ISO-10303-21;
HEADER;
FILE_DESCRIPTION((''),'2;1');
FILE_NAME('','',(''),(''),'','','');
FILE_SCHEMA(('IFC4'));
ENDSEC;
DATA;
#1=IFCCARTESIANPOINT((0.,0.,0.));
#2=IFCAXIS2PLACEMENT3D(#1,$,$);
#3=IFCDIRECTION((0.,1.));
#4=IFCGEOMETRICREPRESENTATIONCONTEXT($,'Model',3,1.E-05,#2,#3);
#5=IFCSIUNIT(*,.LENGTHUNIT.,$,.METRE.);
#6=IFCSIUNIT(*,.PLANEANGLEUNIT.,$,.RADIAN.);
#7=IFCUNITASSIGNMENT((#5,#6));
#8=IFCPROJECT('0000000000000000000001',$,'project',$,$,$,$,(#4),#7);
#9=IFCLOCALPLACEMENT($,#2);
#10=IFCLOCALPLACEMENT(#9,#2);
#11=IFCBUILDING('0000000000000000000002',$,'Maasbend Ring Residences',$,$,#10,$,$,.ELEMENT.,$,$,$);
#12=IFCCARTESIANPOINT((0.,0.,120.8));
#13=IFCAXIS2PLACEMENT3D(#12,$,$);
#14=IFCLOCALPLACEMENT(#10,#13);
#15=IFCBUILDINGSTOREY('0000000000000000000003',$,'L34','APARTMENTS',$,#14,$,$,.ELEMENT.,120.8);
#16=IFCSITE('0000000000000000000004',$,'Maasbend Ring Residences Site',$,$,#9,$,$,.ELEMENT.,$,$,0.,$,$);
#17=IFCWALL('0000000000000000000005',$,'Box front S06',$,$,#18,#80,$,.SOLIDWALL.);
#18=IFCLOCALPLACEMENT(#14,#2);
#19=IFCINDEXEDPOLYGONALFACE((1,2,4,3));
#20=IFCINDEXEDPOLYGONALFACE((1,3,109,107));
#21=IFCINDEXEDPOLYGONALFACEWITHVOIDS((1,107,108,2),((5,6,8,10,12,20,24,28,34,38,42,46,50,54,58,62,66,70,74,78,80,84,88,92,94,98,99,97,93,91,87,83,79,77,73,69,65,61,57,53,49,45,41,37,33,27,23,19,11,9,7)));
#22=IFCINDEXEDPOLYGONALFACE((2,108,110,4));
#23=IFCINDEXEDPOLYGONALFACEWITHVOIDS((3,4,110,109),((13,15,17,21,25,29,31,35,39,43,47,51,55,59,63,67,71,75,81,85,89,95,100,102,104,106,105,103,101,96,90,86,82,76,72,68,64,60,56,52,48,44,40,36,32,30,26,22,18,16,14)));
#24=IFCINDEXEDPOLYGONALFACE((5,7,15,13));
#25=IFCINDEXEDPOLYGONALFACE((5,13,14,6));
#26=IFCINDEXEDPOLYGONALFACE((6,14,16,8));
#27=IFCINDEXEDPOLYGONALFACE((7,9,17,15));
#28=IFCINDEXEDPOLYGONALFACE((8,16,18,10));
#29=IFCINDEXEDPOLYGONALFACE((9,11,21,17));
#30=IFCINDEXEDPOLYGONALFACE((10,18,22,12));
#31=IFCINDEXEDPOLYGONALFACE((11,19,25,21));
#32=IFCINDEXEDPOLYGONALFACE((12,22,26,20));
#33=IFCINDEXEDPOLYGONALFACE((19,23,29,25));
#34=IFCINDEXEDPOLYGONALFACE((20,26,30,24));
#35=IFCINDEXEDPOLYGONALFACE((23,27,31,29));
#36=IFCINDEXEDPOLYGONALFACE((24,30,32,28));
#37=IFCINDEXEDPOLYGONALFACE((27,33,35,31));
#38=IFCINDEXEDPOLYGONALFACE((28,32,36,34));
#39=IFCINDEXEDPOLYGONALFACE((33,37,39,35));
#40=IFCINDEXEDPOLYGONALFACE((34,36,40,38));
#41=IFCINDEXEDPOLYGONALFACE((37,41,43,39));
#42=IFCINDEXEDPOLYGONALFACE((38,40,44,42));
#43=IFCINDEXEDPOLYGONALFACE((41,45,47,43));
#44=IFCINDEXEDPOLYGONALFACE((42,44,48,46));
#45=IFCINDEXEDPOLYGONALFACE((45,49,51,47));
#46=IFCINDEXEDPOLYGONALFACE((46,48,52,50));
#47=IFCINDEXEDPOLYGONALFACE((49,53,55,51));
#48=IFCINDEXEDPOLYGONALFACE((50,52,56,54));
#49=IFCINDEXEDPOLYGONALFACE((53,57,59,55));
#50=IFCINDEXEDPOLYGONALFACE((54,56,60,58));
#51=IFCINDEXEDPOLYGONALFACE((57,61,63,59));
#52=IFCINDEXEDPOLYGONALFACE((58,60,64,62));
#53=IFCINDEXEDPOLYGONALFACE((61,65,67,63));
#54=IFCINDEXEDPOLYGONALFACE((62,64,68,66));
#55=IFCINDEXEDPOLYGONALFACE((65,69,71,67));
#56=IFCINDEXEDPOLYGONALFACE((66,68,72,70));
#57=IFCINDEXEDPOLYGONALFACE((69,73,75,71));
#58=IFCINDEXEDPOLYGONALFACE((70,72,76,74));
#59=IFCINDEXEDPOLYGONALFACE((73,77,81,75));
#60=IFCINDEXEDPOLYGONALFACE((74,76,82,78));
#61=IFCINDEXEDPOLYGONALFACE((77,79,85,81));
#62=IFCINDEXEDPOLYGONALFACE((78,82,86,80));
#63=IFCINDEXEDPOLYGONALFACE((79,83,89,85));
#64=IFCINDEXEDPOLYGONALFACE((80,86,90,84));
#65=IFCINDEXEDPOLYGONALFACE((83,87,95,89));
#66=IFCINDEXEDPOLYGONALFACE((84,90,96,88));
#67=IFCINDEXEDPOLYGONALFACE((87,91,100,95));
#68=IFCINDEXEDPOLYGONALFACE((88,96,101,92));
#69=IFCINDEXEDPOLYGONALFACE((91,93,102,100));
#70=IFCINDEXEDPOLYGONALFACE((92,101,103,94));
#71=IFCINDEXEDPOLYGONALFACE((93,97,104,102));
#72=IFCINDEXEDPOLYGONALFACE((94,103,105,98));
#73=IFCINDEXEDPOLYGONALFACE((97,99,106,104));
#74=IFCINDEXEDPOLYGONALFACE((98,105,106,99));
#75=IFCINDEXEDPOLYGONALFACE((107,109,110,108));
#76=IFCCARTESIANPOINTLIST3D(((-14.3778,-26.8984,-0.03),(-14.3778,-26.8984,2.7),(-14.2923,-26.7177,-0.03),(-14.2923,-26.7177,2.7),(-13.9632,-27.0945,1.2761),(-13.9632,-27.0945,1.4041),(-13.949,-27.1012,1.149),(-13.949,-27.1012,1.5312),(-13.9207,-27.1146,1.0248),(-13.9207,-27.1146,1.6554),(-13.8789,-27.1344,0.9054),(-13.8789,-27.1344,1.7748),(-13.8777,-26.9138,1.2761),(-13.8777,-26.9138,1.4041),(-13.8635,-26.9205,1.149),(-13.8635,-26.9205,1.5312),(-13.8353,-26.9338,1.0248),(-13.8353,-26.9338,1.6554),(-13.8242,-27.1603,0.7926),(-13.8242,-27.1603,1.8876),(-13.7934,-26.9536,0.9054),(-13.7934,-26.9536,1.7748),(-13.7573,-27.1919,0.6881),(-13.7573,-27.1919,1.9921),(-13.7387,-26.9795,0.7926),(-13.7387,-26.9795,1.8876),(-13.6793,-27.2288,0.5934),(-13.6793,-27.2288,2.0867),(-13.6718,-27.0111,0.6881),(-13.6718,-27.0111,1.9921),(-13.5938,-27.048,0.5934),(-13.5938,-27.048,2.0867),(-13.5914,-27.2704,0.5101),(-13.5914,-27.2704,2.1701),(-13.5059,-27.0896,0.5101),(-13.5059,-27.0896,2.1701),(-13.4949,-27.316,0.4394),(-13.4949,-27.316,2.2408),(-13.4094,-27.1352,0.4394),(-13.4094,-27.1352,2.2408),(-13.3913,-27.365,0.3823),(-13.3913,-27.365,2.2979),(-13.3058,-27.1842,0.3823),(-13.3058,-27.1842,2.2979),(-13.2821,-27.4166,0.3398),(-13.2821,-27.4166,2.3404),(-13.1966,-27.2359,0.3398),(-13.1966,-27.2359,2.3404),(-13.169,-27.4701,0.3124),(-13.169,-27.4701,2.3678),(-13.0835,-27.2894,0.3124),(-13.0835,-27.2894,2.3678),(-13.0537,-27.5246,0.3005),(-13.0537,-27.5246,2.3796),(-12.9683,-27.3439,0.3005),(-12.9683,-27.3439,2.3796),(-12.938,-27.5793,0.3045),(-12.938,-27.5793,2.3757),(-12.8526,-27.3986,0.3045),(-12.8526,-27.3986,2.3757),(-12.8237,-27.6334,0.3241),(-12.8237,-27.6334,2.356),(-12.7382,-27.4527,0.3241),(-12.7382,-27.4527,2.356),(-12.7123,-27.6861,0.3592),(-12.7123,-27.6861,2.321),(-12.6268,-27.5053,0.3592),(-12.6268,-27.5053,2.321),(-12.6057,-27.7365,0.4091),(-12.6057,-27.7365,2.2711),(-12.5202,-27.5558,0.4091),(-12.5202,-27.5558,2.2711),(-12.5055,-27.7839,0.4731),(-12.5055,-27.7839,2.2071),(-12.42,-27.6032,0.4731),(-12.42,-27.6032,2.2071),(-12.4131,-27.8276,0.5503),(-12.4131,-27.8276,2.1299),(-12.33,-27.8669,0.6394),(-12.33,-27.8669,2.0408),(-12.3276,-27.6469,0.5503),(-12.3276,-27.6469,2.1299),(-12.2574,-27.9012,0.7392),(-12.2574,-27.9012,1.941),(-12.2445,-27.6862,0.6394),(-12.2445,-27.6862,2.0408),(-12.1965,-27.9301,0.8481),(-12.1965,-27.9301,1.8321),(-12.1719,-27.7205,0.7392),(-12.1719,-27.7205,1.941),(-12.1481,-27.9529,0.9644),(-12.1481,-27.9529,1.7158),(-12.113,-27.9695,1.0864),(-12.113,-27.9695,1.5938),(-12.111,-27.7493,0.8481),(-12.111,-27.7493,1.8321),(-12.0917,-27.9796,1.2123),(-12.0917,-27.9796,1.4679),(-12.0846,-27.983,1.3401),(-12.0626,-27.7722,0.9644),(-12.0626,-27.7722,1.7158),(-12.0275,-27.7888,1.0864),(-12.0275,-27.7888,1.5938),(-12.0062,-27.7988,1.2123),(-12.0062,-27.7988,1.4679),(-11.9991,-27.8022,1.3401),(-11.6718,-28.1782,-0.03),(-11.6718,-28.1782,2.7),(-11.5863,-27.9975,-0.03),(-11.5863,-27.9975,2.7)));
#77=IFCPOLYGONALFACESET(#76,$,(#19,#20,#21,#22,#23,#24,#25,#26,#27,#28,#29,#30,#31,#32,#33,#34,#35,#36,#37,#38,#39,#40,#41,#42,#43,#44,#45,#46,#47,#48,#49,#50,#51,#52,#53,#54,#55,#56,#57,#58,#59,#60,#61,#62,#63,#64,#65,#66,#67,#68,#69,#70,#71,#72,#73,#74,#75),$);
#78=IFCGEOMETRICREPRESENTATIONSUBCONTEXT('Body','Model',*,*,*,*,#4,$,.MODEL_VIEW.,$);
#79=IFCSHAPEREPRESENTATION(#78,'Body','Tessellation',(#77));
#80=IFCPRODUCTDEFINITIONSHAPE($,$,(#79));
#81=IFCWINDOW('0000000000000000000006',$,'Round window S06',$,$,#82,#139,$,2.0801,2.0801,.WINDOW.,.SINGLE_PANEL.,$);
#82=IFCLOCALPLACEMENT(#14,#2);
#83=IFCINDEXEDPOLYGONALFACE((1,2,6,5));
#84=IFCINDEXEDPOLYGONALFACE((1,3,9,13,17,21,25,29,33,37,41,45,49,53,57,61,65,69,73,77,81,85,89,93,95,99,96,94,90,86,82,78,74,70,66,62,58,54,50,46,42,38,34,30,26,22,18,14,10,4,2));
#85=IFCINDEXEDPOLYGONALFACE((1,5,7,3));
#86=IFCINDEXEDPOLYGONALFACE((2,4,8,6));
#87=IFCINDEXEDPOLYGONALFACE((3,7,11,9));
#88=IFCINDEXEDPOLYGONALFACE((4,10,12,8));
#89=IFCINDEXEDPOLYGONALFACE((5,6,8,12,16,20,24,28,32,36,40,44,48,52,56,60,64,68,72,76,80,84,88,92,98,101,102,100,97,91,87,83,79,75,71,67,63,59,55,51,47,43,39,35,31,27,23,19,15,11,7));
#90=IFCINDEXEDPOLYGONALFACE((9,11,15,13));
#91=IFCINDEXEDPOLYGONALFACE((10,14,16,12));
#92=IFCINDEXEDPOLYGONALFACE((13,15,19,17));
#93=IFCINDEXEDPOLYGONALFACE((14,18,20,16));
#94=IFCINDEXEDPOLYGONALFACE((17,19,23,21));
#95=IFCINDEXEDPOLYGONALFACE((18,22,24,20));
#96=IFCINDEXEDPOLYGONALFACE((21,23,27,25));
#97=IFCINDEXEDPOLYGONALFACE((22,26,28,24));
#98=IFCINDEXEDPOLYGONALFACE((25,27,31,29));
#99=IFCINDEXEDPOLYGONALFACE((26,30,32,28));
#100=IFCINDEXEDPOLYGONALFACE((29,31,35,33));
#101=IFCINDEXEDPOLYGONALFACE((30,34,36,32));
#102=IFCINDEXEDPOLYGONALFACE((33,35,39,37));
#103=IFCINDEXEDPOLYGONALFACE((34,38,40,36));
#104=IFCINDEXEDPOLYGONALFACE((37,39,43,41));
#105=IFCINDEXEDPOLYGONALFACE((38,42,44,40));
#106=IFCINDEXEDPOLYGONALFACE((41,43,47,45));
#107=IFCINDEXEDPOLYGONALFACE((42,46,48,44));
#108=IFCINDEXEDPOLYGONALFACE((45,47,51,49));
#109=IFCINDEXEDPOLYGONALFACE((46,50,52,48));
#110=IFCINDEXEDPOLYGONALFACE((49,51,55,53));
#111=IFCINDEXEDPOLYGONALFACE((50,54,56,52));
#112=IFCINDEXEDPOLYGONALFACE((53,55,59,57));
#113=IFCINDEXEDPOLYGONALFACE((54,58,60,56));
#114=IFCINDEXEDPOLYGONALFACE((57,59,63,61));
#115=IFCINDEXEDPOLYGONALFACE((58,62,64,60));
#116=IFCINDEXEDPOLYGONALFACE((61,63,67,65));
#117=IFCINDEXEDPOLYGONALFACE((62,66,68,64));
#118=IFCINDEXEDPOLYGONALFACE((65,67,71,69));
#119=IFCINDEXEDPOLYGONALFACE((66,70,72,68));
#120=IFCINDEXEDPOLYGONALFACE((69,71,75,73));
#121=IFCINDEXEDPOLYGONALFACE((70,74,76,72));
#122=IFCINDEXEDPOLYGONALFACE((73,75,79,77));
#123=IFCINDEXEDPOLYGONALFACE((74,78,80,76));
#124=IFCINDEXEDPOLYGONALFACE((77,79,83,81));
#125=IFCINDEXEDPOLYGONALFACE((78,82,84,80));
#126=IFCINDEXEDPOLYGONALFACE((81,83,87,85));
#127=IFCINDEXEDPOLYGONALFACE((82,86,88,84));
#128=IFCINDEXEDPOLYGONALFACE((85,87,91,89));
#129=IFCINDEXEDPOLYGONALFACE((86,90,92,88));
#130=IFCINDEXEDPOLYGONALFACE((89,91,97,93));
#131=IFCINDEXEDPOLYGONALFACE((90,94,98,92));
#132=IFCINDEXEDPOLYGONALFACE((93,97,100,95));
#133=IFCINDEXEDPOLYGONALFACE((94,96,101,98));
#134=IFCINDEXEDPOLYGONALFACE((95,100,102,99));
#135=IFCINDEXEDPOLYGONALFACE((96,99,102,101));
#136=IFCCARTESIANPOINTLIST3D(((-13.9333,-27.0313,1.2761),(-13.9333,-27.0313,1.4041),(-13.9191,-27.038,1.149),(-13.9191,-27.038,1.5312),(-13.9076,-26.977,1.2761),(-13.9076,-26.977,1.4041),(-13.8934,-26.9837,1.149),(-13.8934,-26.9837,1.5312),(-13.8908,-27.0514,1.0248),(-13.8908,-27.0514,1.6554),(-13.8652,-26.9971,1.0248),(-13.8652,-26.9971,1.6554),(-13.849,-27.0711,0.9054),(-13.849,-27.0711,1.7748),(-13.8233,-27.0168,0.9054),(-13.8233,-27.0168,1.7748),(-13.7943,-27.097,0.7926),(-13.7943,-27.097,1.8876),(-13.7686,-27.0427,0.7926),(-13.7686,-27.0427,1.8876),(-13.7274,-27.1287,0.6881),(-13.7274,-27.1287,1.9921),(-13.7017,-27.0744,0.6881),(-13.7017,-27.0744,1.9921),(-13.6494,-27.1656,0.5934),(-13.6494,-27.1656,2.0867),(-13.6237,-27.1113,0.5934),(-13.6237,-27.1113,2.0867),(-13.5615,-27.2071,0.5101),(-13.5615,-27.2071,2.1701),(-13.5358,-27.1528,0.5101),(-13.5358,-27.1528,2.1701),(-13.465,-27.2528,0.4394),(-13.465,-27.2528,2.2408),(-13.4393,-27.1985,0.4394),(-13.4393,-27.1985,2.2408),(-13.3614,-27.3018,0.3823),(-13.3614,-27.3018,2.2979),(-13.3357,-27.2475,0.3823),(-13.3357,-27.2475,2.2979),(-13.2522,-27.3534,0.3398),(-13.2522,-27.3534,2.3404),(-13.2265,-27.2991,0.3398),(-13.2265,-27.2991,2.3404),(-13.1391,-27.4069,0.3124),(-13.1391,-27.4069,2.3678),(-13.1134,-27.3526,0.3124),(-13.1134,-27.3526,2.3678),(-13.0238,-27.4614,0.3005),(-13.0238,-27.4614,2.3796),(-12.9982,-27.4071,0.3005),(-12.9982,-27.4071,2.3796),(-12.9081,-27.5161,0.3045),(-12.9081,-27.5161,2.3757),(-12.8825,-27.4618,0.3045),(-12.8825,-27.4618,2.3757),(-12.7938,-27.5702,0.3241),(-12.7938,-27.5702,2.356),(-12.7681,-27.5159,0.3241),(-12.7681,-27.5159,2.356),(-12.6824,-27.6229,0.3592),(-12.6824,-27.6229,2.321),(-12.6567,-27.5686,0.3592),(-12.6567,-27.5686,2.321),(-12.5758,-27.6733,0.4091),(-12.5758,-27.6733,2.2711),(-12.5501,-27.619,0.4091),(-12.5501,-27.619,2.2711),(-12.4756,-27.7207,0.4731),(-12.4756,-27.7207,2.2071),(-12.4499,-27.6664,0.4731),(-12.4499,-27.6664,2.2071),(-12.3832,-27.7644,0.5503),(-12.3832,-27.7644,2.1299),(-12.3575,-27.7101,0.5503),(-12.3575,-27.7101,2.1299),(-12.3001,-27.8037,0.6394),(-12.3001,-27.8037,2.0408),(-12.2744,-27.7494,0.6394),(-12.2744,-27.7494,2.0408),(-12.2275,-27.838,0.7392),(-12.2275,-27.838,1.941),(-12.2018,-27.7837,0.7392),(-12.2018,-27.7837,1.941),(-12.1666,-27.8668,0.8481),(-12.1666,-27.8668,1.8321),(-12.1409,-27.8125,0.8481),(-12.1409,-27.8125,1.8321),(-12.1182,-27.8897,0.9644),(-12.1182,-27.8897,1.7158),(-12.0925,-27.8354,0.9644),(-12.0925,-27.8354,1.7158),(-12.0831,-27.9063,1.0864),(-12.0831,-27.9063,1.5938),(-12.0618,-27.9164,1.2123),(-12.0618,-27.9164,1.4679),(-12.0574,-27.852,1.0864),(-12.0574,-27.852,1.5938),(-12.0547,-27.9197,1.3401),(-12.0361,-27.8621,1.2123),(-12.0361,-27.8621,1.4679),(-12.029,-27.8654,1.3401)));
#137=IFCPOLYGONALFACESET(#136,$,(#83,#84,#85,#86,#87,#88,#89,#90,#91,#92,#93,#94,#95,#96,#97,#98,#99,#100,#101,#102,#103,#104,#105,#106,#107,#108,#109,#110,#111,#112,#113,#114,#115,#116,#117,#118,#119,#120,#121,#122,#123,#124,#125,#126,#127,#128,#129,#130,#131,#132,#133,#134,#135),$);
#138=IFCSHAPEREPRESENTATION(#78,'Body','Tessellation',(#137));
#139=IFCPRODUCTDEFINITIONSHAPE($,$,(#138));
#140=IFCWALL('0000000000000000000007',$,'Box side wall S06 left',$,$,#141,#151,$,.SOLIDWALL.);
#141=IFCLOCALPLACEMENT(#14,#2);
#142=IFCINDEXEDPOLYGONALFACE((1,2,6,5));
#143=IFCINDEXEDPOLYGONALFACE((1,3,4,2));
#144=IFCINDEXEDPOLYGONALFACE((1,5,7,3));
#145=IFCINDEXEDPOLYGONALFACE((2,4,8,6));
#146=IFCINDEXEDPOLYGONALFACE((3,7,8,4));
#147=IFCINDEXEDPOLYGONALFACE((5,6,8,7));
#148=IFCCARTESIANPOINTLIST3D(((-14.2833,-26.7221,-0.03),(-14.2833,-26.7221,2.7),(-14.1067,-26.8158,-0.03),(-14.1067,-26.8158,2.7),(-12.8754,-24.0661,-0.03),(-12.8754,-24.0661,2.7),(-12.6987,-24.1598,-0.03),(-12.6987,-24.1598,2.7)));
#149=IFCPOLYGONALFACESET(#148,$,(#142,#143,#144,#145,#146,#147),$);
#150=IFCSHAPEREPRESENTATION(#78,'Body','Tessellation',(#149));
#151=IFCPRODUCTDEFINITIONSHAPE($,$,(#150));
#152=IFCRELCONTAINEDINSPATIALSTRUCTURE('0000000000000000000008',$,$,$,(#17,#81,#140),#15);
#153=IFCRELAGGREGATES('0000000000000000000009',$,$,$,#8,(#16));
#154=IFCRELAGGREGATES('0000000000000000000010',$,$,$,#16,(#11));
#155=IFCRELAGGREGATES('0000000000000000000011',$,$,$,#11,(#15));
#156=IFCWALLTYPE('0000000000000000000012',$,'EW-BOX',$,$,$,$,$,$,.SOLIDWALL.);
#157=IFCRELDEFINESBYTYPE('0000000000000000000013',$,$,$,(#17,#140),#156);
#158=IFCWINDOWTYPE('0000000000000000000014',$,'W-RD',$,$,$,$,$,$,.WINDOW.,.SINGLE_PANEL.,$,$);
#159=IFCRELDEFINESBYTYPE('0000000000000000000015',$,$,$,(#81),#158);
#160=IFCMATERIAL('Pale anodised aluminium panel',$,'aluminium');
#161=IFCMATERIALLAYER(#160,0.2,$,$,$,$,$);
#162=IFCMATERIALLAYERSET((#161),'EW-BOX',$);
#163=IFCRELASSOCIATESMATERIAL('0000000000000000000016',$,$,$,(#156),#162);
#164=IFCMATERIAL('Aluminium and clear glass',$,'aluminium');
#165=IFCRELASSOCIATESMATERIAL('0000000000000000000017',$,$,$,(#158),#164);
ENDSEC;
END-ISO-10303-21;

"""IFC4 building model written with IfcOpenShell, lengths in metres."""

from ifc_helpers import new_model, si_unit, direction, frame, frame_2d, origin, place, context, subcontext, project, spatial, rectangle, circle, extrude, material, layer, layer_set, type_object, element, fill, save


model = new_model("IFC4")

# Units and contexts
model_context = context("Model", 3, precision=1e-05, world=origin(), true_north=direction((0.0, 1.0)))
body_context = subcontext(model_context, "Body", "Model", "MODEL_VIEW")
ifc_project = project(units=[si_unit("LENGTHUNIT", "METRE"), si_unit("PLANEANGLEUNIT", "RADIAN")], contexts=[model_context])

# Site, building, storey
site_placement = place(None, origin())
site = spatial("IfcSite", under=ifc_project, at=site_placement, Name="Maasbend Ring Residences Site", CompositionType="ELEMENT", RefElevation=0.0)
building_placement = place(site_placement, origin())
building = spatial("IfcBuilding", under=site, at=building_placement, Name="Maasbend Ring Residences", CompositionType="ELEMENT")
storey_placement = place(building_placement, frame((0.0, 0.0, 120.8)))
storey = spatial("IfcBuildingStorey", under=building, at=storey_placement, Name="L34", Description="APARTMENTS", CompositionType="ELEMENT", Elevation=120.8)

# Shared definitions
ifc_material_1 = material(Name="Pale anodised aluminium panel", Category="aluminium")
ifc_layer_1 = layer(ifc_material_1, 0.2)
ifc_layer_set_1 = layer_set([ifc_layer_1], Name="EW-BOX")
wall_type_1 = type_object("IfcWallType", Name="EW-BOX", PredefinedType="SOLIDWALL", material=ifc_layer_set_1)
ifc_material_2 = material(Name="Aluminium and clear glass", Category="aluminium")
window_type_1 = type_object("IfcWindowType", Name="W-RD", PartitioningType="SINGLE_PANEL", PredefinedType="WINDOW", material=ifc_material_2)

# Wall, opening, window
wall_1_placement = place(storey_placement, frame((-14.335, -26.8081, -0.03), z_axis=(0.0, 0.0, 1.0), x_axis=(0.904, -0.427532, 0.0)))
wall_1 = element("IfcWall", 1, at=wall_1_placement, inside=storey, type_object=wall_type_1, Name="Box front S06", PredefinedType="SOLIDWALL", context=body_context, shape_type="SweptSolid", body=[
    extrude(rectangle(XDim=2.9934, YDim=0.2, at=frame_2d((1.4966, 0.0))), origin(), (0.0, 0.0, 1.0), 2.73),
])
opening_1_placement = place(wall_1_placement, frame((0.4565, 0.0, 0.3301)))
opening_1 = element("IfcOpeningElement", 2, at=opening_1_placement, cuts=wall_1, PredefinedType="OPENING", context=body_context, shape_type="SweptSolid", body=[
    extrude(circle(Radius=1.04, at=frame_2d((1.04, 1.04))), frame((0.0, 0.1099, 0.0), z_axis=(0.0, -1.0, 0.0), x_axis=(1.0, 0.0, 0.0)), (0.0, 0.0, 1.0), 0.22),
])
window_1_placement = place(opening_1_placement, origin())
window_1 = element("IfcWindow", 3, at=window_1_placement, inside=storey, type_object=window_type_1, Name="Round window S06", OverallHeight=2.0801, OverallWidth=2.0801, PartitioningType="SINGLE_PANEL", PredefinedType="WINDOW", context=body_context, shape_type="SweptSolid", body=[
    extrude(circle(Radius=1.04, at=frame_2d((1.04, 1.04))), frame((0.0, 0.03, 0.0), z_axis=(0.0, -1.0, 0.0), x_axis=(1.0, 0.0, 0.0)), (0.0, 0.0, 1.0), 0.0601),
])
fill(opening_1, window_1)

# Wall
wall_2_placement = place(storey_placement, frame((-12.7871, -24.113, -0.03), z_axis=(0.0, 0.0, 1.0), x_axis=(-0.468365, -0.883535, 0.0)))
element("IfcWall", 4, at=wall_2_placement, inside=storey, type_object=wall_type_1, Name="Box side wall S06 left", PredefinedType="SOLIDWALL", context=body_context, shape_type="SweptSolid", body=[
    extrude(rectangle(XDim=3.0061, YDim=0.2, at=frame_2d((1.5029, 0.0))), origin(), (0.0, 0.0, 1.0), 2.73),
])

save(model, "model.ifc")
